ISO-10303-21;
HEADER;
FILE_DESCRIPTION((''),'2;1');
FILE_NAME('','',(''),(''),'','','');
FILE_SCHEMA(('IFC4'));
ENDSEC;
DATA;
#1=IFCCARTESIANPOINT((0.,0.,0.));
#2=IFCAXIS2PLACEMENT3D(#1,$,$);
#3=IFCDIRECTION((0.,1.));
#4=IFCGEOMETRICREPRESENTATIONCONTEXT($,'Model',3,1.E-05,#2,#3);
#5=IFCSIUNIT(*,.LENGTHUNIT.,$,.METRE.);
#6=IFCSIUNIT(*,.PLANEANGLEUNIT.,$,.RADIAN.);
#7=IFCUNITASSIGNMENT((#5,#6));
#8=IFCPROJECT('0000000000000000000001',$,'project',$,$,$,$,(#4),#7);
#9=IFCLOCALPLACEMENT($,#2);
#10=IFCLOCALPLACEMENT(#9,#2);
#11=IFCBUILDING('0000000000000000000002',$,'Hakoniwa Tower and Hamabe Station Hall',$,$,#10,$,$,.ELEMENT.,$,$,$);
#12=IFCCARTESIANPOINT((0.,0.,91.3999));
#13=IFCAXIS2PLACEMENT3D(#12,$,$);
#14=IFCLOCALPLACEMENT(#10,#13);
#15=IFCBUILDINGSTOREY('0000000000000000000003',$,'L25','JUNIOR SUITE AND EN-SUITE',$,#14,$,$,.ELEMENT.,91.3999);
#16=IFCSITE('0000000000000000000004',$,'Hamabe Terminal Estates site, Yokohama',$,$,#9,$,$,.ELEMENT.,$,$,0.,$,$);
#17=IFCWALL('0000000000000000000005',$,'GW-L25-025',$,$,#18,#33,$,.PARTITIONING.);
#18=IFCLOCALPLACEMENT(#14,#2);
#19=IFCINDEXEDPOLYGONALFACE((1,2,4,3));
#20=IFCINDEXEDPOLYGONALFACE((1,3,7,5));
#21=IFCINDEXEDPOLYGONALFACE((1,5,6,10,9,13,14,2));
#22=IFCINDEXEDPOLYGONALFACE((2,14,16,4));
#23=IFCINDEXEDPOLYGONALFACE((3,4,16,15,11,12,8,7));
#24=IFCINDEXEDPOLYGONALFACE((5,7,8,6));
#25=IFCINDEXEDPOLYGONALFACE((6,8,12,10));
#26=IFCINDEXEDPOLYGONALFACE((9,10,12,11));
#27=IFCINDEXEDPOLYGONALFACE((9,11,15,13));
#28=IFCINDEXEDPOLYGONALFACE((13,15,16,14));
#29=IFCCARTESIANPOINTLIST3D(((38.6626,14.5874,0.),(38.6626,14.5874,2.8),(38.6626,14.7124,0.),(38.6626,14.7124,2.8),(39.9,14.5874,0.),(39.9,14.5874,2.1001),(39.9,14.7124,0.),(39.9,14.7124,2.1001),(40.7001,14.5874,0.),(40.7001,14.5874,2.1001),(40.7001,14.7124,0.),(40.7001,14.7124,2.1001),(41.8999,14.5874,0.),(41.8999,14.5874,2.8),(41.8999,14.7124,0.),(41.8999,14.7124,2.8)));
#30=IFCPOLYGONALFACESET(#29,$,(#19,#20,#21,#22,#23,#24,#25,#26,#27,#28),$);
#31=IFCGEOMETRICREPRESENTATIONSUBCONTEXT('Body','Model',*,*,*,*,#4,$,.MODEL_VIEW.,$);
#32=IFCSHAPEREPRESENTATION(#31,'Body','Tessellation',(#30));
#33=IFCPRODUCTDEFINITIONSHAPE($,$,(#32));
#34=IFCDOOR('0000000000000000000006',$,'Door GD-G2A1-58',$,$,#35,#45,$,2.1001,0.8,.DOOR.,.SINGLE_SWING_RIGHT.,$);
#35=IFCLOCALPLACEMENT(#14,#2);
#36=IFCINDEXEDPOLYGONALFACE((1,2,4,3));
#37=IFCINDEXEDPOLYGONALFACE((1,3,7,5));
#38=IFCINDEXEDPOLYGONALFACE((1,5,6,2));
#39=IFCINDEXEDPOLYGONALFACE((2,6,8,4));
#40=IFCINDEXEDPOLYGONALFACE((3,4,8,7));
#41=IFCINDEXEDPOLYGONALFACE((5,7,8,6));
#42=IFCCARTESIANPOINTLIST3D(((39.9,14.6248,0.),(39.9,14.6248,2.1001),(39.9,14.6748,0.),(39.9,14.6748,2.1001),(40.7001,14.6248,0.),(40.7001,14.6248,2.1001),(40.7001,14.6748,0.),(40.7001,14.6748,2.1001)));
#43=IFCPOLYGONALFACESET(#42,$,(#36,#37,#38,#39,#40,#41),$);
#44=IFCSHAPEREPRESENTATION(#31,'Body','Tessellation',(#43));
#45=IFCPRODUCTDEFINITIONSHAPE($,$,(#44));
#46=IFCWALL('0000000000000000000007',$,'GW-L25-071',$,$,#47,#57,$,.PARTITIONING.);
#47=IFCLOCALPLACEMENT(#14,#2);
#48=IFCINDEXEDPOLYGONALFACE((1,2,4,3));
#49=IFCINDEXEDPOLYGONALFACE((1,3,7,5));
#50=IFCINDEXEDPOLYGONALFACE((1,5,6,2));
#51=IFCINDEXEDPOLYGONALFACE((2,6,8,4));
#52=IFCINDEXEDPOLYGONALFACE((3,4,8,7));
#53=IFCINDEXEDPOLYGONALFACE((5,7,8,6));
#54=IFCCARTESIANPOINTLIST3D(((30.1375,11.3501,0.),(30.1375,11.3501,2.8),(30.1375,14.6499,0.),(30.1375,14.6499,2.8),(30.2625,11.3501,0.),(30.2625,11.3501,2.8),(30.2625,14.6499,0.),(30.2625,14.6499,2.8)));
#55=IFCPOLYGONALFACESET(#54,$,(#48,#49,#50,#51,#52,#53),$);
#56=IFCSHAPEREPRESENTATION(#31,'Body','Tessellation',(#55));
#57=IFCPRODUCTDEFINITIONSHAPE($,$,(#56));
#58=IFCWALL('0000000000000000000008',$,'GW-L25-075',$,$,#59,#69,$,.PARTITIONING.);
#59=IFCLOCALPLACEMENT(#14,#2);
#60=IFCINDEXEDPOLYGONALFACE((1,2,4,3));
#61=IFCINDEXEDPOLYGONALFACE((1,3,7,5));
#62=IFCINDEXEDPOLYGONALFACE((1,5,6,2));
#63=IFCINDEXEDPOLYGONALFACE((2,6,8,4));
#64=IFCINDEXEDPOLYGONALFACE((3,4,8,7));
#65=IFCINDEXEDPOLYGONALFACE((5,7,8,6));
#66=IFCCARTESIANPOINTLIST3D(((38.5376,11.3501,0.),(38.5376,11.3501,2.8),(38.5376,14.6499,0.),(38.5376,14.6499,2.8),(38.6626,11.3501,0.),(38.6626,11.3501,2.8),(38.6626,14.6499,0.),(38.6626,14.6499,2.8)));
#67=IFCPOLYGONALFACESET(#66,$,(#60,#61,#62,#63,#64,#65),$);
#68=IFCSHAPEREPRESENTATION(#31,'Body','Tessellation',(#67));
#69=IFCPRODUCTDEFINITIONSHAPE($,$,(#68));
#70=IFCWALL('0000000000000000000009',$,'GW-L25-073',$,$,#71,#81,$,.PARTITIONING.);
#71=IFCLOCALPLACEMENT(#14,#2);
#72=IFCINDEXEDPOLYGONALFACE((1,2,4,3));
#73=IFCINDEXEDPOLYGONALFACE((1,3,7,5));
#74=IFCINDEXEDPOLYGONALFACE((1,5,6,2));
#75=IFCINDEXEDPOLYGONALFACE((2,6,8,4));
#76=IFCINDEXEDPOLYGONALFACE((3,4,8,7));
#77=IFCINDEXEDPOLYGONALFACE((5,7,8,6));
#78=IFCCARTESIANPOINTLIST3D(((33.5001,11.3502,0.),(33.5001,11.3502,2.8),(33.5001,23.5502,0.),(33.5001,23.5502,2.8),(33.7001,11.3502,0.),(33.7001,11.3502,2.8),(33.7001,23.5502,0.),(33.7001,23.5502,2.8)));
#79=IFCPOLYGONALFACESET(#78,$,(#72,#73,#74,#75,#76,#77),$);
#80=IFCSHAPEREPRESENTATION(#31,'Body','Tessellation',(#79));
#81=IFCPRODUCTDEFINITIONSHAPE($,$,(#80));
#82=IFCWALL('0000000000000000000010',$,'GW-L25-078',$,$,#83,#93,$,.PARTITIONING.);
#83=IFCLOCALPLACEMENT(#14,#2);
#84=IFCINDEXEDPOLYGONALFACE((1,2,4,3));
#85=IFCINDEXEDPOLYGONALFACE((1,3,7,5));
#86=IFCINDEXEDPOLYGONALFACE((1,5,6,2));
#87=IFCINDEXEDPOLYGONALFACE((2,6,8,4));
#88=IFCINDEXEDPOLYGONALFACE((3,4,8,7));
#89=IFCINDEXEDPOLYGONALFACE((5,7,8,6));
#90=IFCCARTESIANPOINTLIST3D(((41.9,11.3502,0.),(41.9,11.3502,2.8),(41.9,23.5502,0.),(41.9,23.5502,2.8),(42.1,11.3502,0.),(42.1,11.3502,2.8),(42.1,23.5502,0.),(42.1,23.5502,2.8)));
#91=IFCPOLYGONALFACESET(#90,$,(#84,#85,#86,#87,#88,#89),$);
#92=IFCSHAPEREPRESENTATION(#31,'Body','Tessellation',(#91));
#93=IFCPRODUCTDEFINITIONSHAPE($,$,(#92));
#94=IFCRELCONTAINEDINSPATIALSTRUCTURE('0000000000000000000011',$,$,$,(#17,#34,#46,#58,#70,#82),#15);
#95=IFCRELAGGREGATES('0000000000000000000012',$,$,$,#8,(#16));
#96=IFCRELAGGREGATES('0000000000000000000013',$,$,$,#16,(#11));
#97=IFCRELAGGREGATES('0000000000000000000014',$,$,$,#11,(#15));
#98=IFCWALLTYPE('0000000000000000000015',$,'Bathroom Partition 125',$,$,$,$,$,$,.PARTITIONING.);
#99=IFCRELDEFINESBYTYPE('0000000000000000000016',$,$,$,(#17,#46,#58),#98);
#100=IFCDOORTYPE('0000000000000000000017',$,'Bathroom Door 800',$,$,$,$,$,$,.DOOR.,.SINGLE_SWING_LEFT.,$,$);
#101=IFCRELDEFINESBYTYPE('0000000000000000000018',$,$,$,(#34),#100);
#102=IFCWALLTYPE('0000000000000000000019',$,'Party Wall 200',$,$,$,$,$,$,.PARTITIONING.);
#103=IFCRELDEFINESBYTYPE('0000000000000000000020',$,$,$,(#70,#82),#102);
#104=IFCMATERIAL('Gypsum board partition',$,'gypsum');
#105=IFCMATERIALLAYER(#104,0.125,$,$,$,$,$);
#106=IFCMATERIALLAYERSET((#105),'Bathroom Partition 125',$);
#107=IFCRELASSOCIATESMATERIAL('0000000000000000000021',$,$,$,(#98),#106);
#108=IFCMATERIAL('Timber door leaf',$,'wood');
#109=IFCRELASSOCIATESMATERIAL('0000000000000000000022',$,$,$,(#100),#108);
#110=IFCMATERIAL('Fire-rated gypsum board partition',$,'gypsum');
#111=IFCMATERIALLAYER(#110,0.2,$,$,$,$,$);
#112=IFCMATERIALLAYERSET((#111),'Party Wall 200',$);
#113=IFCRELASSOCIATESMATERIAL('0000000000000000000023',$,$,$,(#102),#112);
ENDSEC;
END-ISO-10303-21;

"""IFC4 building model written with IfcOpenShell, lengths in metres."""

from ifc_helpers import new_model, si_unit, direction, frame, frame_2d, origin, place, context, subcontext, project, spatial, rectangle, extrude, material, layer, layer_set, type_object, element, fill, save


model = new_model("IFC4")

# Units and contexts
model_context = context("Model", 3, precision=1e-05, world=origin(), true_north=direction((0.0, 1.0)))
body_context = subcontext(model_context, "Body", "Model", "MODEL_VIEW")
ifc_project = project(units=[si_unit("LENGTHUNIT", "METRE"), si_unit("PLANEANGLEUNIT", "RADIAN")], contexts=[model_context])

# Site, building, storey
site_placement = place(None, origin())
site = spatial("IfcSite", under=ifc_project, at=site_placement, Name="Hamabe Terminal Estates site, Yokohama", CompositionType="ELEMENT", RefElevation=0.0)
building_placement = place(site_placement, origin())
building = spatial("IfcBuilding", under=site, at=building_placement, Name="Hakoniwa Tower and Hamabe Station Hall", CompositionType="ELEMENT")
storey_placement = place(building_placement, frame((0.0, 0.0, 91.3999)))
storey = spatial("IfcBuildingStorey", under=building, at=storey_placement, Name="L25", Description="JUNIOR SUITE AND EN-SUITE", CompositionType="ELEMENT", Elevation=91.3999)

# Wall, opening, door
ifc_material_1 = material(Name="Gypsum board partition", Category="gypsum")
ifc_layer_1 = layer(ifc_material_1, 0.125)
ifc_layer_set_1 = layer_set([ifc_layer_1], Name="Bathroom Partition 125")
wall_type_1 = type_object("IfcWallType", Name="Bathroom Partition 125", PredefinedType="PARTITIONING", material=ifc_layer_set_1)
ifc_material_2 = material(Name="Timber door leaf", Category="wood")
door_type = type_object("IfcDoorType", Name="Bathroom Door 800", OperationType="SINGLE_SWING_LEFT", PredefinedType="DOOR", material=ifc_material_2)
wall_1_placement = place(storey_placement, frame((38.6626, 14.6499, 0.0), z_axis=(0.0, 0.0, 1.0), x_axis=(1.0, 0.0, 0.0)))
wall_1 = element("IfcWall", 1, at=wall_1_placement, inside=storey, type_object=wall_type_1, Name="GW-L25-025", PredefinedType="PARTITIONING", context=body_context, shape_type="SweptSolid", body=[
    extrude(rectangle(XDim=3.2373, YDim=0.125, at=frame_2d((1.6187, 0.0))), origin(), (0.0, 0.0, 1.0), 2.8),
])
opening_1_placement = place(wall_1_placement, frame((1.2375, 0.0, 0.0)))
opening_1 = element("IfcOpeningElement", 2, at=opening_1_placement, cuts=wall_1, PredefinedType="OPENING", context=body_context, shape_type="SweptSolid", body=[
    extrude(rectangle(XDim=0.8, YDim=2.1001, at=frame_2d((0.3999, 1.05))), frame((0.0, 0.0725, 0.0), z_axis=(0.0, -1.0, 0.0), x_axis=(1.0, 0.0, 0.0)), (0.0, 0.0, 1.0), 0.145),
])
door_1_placement = place(opening_1_placement, origin())
door_1 = element("IfcDoor", 3, at=door_1_placement, inside=storey, type_object=door_type, Name="Door GD-G2A1-58", OperationType="SINGLE_SWING_RIGHT", OverallHeight=2.1001, OverallWidth=0.8, PredefinedType="DOOR", context=body_context, shape_type="SweptSolid", body=[
    extrude(rectangle(XDim=0.8, YDim=2.1001, at=frame_2d((0.3999, 1.05))), frame((0.0, 0.0249, 0.0), z_axis=(0.0, -1.0, 0.0), x_axis=(1.0, 0.0, 0.0)), (0.0, 0.0, 1.0), 0.05),
])
fill(opening_1, door_1)

# Walls
for number, where, z_axis, x_axis, name in (
    (4, (30.2, 11.3501, 0.0), (0.0, 0.0, 1.0), (0.0, 1.0, 0.0), "GW-L25-071"),
    (5, (38.6001, 11.3501, 0.0), (0.0, 0.0, 1.0), (0.0, 1.0, 0.0), "GW-L25-075"),
):
    element("IfcWall", number, at=place(storey_placement, frame(where, z_axis=z_axis, x_axis=x_axis)), inside=storey, type_object=wall_type_1, Name=name, PredefinedType="PARTITIONING", context=body_context, shape_type="SweptSolid", body=[
        extrude(rectangle(XDim=3.2998, YDim=0.125, at=frame_2d((1.6499, 0.0))), origin(), (0.0, 0.0, 1.0), 2.8),
    ])
ifc_material_3 = material(Name="Fire-rated gypsum board partition", Category="gypsum")
ifc_layer_2 = layer(ifc_material_3, 0.2)
ifc_layer_set_2 = layer_set([ifc_layer_2], Name="Party Wall 200")
wall_type_2 = type_object("IfcWallType", Name="Party Wall 200", PredefinedType="PARTITIONING", material=ifc_layer_set_2)
for number, where, z_axis, x_axis, name in (
    (6, (33.6001, 11.3501, 0.0), (0.0, 0.0, 1.0), (0.0, 1.0, 0.0), "GW-L25-073"),
    (7, (42.0, 11.3501, 0.0), (0.0, 0.0, 1.0), (0.0, 1.0, 0.0), "GW-L25-078"),
):
    element("IfcWall", number, at=place(storey_placement, frame(where, z_axis=z_axis, x_axis=x_axis)), inside=storey, type_object=wall_type_2, Name=name, PredefinedType="PARTITIONING", context=body_context, shape_type="SweptSolid", body=[
        extrude(rectangle(XDim=12.2, YDim=0.2, at=frame_2d((6.1001, 0.0))), origin(), (0.0, 0.0, 1.0), 2.8),
    ])

save(model, "model.ifc")
